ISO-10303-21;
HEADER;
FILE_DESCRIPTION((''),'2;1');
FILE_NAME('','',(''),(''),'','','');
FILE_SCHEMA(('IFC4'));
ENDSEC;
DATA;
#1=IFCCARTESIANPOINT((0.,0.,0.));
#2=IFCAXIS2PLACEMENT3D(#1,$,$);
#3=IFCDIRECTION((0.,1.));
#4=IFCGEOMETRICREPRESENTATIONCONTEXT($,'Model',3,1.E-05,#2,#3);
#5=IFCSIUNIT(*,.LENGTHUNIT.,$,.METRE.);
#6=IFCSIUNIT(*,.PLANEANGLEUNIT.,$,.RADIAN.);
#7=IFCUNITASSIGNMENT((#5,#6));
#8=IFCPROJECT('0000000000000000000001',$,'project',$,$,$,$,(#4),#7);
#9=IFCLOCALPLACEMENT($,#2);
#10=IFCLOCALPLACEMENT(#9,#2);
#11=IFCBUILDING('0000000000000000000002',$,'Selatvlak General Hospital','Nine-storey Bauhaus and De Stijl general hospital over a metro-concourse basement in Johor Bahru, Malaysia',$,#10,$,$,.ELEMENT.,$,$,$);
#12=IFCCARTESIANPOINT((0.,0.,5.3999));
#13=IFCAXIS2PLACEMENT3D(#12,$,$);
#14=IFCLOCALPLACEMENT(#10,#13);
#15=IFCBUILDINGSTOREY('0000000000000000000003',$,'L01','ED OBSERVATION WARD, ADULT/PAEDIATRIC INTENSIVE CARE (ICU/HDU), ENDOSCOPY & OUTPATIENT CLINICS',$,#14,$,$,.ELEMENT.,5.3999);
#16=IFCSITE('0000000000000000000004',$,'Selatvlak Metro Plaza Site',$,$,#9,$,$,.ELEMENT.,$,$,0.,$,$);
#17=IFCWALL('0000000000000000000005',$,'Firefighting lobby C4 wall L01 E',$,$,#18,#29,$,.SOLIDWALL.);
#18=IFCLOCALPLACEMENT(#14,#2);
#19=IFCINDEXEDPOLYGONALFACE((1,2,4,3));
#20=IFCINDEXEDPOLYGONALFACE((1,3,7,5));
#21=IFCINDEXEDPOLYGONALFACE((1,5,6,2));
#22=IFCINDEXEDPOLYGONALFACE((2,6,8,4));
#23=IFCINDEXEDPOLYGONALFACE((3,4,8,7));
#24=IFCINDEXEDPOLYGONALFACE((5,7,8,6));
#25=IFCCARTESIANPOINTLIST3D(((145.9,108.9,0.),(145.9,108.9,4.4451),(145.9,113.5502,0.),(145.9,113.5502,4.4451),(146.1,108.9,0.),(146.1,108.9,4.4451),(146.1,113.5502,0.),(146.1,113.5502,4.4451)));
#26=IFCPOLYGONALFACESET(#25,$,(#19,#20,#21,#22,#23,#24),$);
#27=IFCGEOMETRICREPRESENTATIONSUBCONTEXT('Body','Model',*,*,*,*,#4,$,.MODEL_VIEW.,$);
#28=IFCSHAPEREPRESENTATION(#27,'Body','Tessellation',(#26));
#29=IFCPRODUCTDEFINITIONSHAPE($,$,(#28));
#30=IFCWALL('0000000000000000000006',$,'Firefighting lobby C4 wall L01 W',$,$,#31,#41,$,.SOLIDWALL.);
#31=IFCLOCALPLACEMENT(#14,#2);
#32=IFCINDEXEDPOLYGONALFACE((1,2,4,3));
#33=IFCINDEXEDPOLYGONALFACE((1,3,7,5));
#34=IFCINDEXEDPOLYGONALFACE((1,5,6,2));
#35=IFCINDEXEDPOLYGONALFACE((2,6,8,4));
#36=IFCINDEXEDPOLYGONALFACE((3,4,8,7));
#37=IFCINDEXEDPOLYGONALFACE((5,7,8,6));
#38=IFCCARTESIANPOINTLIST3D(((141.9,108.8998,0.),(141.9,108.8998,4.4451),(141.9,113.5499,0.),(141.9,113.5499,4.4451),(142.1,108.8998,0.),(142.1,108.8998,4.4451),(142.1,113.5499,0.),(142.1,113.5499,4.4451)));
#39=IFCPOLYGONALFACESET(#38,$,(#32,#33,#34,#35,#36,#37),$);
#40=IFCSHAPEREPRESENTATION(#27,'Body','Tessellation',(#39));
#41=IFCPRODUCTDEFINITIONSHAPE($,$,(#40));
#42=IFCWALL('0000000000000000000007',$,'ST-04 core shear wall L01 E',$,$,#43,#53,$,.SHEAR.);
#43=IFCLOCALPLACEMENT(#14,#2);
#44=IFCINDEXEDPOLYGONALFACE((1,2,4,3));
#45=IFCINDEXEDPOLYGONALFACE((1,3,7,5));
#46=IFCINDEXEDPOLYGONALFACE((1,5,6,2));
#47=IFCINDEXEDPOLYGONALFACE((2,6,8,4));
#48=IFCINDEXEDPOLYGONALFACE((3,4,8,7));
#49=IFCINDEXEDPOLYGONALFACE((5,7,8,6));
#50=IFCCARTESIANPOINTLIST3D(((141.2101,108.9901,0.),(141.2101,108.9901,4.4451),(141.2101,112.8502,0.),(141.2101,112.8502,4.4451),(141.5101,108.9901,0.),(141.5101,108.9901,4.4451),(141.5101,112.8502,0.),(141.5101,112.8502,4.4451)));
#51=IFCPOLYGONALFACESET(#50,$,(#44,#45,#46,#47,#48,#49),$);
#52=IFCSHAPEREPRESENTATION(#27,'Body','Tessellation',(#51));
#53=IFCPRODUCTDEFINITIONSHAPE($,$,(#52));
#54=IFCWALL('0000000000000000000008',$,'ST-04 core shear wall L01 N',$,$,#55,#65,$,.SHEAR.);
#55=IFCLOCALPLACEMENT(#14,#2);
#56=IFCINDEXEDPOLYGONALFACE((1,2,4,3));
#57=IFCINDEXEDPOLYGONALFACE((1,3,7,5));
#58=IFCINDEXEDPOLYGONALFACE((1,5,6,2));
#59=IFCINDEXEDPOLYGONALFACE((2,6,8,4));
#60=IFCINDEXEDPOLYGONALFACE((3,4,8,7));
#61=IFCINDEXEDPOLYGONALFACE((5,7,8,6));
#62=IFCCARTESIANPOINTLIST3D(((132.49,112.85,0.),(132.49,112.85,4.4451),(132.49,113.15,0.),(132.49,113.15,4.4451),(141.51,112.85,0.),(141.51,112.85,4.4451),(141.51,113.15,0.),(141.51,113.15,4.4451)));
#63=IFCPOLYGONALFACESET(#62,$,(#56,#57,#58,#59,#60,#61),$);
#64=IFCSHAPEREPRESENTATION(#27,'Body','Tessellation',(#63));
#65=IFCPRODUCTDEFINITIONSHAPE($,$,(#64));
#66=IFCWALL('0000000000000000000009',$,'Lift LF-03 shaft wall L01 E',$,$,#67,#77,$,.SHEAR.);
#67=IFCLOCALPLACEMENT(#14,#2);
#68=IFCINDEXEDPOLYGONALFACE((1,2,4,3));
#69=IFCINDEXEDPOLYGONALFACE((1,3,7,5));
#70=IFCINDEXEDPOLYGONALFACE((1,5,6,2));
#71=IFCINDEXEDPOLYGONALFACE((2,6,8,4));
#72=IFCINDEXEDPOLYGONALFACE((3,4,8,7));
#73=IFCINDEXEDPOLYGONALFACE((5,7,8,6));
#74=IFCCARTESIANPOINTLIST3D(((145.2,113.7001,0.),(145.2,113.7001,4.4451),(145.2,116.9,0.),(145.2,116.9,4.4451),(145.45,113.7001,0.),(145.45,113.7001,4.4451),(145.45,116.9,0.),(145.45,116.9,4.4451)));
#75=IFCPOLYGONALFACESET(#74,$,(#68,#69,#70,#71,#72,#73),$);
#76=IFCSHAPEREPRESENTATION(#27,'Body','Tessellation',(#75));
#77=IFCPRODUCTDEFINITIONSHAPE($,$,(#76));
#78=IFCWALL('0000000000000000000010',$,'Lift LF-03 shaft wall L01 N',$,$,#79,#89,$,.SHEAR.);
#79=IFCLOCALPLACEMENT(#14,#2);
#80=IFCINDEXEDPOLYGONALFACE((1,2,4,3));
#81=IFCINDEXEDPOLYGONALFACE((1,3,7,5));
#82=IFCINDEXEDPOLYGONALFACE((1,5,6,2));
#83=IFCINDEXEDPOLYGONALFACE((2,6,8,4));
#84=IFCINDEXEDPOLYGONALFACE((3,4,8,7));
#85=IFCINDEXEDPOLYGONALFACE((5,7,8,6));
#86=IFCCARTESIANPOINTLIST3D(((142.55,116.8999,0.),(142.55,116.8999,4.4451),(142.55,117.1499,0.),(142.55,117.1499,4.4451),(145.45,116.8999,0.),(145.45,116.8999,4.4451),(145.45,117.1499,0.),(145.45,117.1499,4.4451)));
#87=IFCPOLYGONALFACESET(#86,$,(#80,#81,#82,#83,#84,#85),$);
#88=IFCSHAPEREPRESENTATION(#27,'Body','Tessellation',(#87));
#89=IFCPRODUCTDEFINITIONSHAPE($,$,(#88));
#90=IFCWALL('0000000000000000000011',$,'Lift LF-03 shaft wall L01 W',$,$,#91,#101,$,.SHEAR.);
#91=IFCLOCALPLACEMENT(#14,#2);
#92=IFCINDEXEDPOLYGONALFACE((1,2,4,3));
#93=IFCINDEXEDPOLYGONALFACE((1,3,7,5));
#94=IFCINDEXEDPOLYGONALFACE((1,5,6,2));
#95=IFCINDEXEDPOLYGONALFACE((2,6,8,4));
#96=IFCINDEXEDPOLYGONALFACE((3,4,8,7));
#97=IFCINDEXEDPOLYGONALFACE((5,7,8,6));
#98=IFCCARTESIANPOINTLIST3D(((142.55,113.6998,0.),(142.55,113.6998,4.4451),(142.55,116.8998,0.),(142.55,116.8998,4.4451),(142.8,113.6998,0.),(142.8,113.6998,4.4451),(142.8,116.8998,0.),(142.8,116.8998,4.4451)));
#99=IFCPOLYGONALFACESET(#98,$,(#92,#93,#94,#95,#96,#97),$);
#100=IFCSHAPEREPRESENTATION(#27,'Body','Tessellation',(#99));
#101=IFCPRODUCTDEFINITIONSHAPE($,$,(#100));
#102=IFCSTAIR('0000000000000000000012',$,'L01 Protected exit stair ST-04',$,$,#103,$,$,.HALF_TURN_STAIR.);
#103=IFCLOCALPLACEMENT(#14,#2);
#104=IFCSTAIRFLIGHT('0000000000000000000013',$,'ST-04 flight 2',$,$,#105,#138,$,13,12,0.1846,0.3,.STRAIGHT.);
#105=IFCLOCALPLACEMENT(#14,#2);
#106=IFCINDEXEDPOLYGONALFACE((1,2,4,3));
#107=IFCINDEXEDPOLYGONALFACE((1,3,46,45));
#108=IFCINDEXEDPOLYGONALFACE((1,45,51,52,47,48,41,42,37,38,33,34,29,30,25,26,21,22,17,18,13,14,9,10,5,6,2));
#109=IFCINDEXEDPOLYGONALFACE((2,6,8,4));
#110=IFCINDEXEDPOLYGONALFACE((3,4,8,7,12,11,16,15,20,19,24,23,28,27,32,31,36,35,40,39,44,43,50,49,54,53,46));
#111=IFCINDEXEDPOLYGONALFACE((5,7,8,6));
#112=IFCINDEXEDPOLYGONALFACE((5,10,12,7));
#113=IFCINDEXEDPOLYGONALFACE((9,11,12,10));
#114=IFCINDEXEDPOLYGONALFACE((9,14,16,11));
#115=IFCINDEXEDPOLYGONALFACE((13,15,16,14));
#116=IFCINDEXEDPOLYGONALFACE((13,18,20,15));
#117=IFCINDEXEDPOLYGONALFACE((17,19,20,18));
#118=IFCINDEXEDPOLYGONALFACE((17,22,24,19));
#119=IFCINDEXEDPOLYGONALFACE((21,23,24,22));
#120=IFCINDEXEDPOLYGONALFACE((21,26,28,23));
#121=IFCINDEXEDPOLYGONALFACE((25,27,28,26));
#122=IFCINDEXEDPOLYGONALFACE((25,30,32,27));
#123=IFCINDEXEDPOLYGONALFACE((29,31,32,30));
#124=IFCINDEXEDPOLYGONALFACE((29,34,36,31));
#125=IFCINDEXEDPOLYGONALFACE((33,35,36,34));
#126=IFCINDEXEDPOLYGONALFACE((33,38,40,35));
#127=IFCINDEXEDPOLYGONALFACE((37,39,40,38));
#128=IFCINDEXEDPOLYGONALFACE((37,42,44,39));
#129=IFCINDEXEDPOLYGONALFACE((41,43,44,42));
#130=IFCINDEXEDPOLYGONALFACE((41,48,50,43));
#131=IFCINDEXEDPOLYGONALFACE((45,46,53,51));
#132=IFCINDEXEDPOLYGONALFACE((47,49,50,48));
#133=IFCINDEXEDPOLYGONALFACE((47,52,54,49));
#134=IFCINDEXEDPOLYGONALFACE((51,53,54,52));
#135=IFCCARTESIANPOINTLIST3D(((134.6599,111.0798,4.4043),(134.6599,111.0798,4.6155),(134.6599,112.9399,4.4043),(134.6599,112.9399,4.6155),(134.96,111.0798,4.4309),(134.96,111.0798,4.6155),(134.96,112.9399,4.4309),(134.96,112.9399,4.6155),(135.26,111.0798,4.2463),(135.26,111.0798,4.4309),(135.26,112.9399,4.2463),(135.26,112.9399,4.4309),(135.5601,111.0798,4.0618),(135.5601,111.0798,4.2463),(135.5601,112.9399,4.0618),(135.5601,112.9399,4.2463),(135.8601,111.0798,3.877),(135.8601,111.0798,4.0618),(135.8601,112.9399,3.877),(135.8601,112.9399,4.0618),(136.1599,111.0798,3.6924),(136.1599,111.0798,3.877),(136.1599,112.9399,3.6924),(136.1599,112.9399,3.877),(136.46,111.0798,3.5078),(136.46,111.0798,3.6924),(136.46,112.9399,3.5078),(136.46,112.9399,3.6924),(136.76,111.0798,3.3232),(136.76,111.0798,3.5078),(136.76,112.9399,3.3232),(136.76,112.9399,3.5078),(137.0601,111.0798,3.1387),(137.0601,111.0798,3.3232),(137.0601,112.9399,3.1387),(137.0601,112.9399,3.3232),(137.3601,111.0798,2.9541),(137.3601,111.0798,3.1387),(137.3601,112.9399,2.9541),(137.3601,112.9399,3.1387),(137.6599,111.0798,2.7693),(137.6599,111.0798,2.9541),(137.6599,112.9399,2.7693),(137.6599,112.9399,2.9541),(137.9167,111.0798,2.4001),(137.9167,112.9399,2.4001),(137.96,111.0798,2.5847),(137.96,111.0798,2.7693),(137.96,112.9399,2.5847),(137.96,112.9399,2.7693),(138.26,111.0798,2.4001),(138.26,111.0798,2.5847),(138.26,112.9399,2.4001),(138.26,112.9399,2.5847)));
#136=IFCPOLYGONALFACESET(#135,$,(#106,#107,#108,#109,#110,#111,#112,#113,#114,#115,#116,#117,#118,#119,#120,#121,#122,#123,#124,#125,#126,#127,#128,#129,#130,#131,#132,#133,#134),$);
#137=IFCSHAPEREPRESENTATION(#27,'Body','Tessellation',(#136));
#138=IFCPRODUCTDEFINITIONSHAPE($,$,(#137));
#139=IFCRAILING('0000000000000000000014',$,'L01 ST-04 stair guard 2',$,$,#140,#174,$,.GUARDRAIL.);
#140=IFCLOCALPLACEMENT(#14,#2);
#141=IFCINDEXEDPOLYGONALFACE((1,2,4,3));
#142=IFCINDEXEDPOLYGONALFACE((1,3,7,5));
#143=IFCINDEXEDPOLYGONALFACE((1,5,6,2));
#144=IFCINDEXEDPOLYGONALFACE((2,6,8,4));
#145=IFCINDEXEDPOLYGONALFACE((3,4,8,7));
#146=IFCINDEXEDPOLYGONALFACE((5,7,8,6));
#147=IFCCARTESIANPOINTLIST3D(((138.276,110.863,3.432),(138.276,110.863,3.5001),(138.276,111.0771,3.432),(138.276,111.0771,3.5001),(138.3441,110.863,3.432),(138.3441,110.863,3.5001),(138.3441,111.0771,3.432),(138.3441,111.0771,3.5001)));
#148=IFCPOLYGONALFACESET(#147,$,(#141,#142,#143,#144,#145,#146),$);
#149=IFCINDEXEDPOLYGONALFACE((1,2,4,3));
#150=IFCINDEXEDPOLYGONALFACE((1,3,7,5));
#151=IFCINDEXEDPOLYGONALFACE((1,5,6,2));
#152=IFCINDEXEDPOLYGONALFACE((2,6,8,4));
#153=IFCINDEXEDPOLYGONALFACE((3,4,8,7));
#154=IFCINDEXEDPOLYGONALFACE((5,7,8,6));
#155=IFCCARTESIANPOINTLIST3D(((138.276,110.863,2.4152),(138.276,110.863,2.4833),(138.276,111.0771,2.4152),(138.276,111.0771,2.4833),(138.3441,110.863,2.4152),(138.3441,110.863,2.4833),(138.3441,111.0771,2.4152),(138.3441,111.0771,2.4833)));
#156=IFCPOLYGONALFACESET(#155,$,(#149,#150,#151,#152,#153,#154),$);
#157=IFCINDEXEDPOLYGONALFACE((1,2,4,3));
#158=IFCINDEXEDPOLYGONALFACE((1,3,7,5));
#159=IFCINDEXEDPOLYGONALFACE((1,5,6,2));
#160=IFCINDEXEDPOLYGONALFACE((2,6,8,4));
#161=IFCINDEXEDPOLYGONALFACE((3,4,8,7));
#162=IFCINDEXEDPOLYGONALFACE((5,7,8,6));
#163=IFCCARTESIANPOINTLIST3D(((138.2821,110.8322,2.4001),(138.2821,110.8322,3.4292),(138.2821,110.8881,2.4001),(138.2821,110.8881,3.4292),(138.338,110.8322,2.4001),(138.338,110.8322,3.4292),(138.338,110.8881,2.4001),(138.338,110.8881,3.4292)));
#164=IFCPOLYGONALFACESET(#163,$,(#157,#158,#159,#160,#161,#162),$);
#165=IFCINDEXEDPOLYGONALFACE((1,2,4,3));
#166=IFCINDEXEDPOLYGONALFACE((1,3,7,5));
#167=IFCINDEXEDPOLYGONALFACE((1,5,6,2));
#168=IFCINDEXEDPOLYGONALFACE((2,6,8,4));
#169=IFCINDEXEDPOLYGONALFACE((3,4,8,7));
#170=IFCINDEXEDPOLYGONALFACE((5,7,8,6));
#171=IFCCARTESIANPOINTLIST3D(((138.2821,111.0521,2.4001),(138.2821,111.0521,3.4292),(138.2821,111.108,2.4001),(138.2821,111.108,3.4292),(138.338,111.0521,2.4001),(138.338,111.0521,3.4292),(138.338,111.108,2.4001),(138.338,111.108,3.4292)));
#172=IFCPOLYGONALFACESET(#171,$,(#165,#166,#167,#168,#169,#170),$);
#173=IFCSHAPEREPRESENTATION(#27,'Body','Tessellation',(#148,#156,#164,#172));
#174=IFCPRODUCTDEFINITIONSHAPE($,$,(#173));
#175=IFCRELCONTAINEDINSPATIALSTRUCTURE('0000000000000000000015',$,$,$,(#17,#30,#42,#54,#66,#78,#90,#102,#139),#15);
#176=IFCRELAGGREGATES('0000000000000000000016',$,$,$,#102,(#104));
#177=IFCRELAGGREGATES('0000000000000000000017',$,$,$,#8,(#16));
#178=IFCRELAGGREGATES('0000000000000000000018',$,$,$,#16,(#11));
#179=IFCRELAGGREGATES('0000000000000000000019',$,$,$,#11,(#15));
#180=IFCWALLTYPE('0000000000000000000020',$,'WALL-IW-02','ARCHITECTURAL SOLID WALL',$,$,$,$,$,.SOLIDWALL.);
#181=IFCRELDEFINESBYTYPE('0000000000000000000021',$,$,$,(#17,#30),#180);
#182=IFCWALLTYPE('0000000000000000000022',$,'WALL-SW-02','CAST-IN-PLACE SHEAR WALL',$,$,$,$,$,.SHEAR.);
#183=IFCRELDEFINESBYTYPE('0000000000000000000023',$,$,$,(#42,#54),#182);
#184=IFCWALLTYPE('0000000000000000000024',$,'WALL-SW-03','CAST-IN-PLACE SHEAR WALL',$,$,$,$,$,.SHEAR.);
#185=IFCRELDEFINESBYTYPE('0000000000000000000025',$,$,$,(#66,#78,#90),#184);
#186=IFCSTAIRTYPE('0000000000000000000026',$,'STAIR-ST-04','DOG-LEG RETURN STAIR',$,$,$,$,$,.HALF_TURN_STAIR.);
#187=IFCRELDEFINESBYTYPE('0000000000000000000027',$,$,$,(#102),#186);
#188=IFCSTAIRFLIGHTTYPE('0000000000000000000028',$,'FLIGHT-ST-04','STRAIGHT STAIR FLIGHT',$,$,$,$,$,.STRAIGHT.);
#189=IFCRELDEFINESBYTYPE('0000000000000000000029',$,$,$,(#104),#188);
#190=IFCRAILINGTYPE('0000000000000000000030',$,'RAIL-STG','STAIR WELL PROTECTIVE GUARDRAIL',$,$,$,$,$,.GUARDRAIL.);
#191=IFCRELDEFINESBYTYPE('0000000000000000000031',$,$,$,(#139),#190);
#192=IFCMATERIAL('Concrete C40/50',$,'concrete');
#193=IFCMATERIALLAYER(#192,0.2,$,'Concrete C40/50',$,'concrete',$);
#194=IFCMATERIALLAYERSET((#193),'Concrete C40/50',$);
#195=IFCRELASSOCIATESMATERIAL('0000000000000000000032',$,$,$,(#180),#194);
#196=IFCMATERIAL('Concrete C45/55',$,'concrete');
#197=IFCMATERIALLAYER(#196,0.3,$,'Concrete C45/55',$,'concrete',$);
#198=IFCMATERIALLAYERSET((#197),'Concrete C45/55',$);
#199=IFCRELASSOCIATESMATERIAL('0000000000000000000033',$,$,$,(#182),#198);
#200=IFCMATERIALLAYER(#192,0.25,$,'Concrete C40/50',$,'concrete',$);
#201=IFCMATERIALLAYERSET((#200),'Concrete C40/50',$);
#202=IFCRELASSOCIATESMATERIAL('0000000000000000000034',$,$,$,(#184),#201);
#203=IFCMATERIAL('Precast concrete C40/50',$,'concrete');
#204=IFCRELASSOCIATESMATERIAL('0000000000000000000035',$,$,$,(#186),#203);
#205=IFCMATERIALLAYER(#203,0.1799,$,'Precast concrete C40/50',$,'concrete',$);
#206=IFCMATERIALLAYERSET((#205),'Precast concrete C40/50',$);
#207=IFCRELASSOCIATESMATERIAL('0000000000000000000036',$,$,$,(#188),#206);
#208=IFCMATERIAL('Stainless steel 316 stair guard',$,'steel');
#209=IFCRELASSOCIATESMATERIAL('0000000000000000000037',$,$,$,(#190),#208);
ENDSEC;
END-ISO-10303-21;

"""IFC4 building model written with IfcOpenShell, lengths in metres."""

from ifc_helpers import new_model, si_unit, direction, frame, frame_2d, origin, origin_2d, place, context, subcontext, project, spatial, polyline, rectangle, outline, extrude, material, layer, layer_set, type_object, element, aggregate, save


model = new_model("IFC4")

# Units and contexts
model_context = context("Model", 3, precision=1e-05, world=origin(), true_north=direction((0.0, 1.0)))
body_context = subcontext(model_context, "Body", "Model", "MODEL_VIEW")
ifc_project = project(units=[si_unit("LENGTHUNIT", "METRE"), si_unit("PLANEANGLEUNIT", "RADIAN")], contexts=[model_context])

# Site, building, storey
site_placement = place(None, origin())
site = spatial("IfcSite", under=ifc_project, at=site_placement, Name="Selatvlak Metro Plaza Site", CompositionType="ELEMENT", RefElevation=0.0)
building_placement = place(site_placement, origin())
building = spatial("IfcBuilding", under=site, at=building_placement, Name="Selatvlak General Hospital", Description="Nine-storey Bauhaus and De Stijl general hospital over a metro-concourse basement in Johor Bahru, Malaysia", CompositionType="ELEMENT")
storey_placement = place(building_placement, frame((0.0, 0.0, 5.3999)))
storey = spatial("IfcBuildingStorey", under=building, at=storey_placement, Name="L01", Description="ED OBSERVATION WARD, ADULT/PAEDIATRIC INTENSIVE CARE (ICU/HDU), ENDOSCOPY & OUTPATIENT CLINICS", CompositionType="ELEMENT", Elevation=5.3999)

# Shared definitions
ifc_material_1 = material(Name="Concrete C40/50", Category="concrete")

# Shared definitions
ifc_layer_1 = layer(ifc_material_1, 0.2, Name="Concrete C40/50", Category="concrete")
ifc_layer_set_1 = layer_set([ifc_layer_1], Name="Concrete C40/50")
wall_type_1 = type_object("IfcWallType", Name="WALL-IW-02", Description="ARCHITECTURAL SOLID WALL", PredefinedType="SOLIDWALL", material=ifc_layer_set_1)

# Walls
for number, where, z_axis, x_axis, name in (
    (1, (146.0, 108.8999, 0.0), (0.0, 0.0, 1.0), (0.0, 1.0, 0.0), "Firefighting lobby C4 wall L01 E"),
    (2, (142.0, 113.55, 0.0), (0.0, 0.0, 1.0), (0.0, -1.0, 0.0), "Firefighting lobby C4 wall L01 W"),
):
    element("IfcWall", number, at=place(storey_placement, frame(where, z_axis=z_axis, x_axis=x_axis)), inside=storey, type_object=wall_type_1, Name=name, PredefinedType="SOLIDWALL", context=body_context, shape_type="SweptSolid", body=[
        extrude(rectangle(XDim=4.6501, YDim=0.2, at=frame_2d((2.3252, 0.0))), origin(), (0.0, 0.0, 1.0), 4.4451),
    ])
ifc_material_2 = material(Name="Concrete C45/55", Category="concrete")
ifc_layer_2 = layer(ifc_material_2, 0.3, Name="Concrete C45/55", Category="concrete")
ifc_layer_set_2 = layer_set([ifc_layer_2], Name="Concrete C45/55")
wall_type_2 = type_object("IfcWallType", Name="WALL-SW-02", Description="CAST-IN-PLACE SHEAR WALL", PredefinedType="SHEAR", material=ifc_layer_set_2)
wall_1_placement = place(storey_placement, frame((141.3601, 108.99, 0.0), z_axis=(0.0, 0.0, 1.0), x_axis=(0.0, 1.0, 0.0)))
element("IfcWall", 3, at=wall_1_placement, inside=storey, type_object=wall_type_2, Name="ST-04 core shear wall L01 E", PredefinedType="SHEAR", context=body_context, shape_type="SweptSolid", body=[
    extrude(rectangle(XDim=3.8601, YDim=0.3, at=frame_2d((1.9302, 0.0))), origin(), (0.0, 0.0, 1.0), 4.4451),
])
wall_2_placement = place(storey_placement, frame((141.51, 113.0, 0.0), z_axis=(0.0, 0.0, 1.0), x_axis=(-1.0, 0.0, 0.0)))
element("IfcWall", 4, at=wall_2_placement, inside=storey, type_object=wall_type_2, Name="ST-04 core shear wall L01 N", PredefinedType="SHEAR", context=body_context, shape_type="SweptSolid", body=[
    extrude(rectangle(XDim=9.02, YDim=0.3, at=frame_2d((4.51, 0.0))), origin(), (0.0, 0.0, 1.0), 4.4451),
])

# Shared definitions
ifc_layer_3 = layer(ifc_material_1, 0.25, Name="Concrete C40/50", Category="concrete")
ifc_layer_set_3 = layer_set([ifc_layer_3], Name="Concrete C40/50")
wall_type_3 = type_object("IfcWallType", Name="WALL-SW-03", Description="CAST-IN-PLACE SHEAR WALL", PredefinedType="SHEAR", material=ifc_layer_set_3)

# Walls
wall_3_placement = place(storey_placement, frame((145.325, 113.7, 0.0), z_axis=(0.0, 0.0, 1.0), x_axis=(0.0, 1.0, 0.0)))
element("IfcWall", 5, at=wall_3_placement, inside=storey, type_object=wall_type_3, Name="Lift LF-03 shaft wall L01 E", PredefinedType="SHEAR", context=body_context, shape_type="SweptSolid", body=[
    extrude(rectangle(XDim=3.2, YDim=0.25, at=frame_2d((1.6001, 0.0))), origin(), (0.0, 0.0, 1.0), 4.4451),
])
wall_4_placement = place(storey_placement, frame((145.45, 117.0249, 0.0), z_axis=(0.0, 0.0, 1.0), x_axis=(-1.0, 0.0, 0.0)))
element("IfcWall", 6, at=wall_4_placement, inside=storey, type_object=wall_type_3, Name="Lift LF-03 shaft wall L01 N", PredefinedType="SHEAR", context=body_context, shape_type="SweptSolid", body=[
    extrude(rectangle(XDim=2.8999, YDim=0.25, at=frame_2d((1.45, 0.0))), origin(), (0.0, 0.0, 1.0), 4.4451),
])
wall_5_placement = place(storey_placement, frame((142.675, 116.8999, 0.0), z_axis=(0.0, 0.0, 1.0), x_axis=(0.0, -1.0, 0.0)))
element("IfcWall", 7, at=wall_5_placement, inside=storey, type_object=wall_type_3, Name="Lift LF-03 shaft wall L01 W", PredefinedType="SHEAR", context=body_context, shape_type="SweptSolid", body=[
    extrude(rectangle(XDim=3.2, YDim=0.25, at=frame_2d((1.6001, 0.0))), origin(), (0.0, 0.0, 1.0), 4.4451),
])

# Stair, stair flight
ifc_material_3 = material(Name="Precast concrete C40/50", Category="concrete")
stair_type = type_object("IfcStairType", Name="STAIR-ST-04", Description="DOG-LEG RETURN STAIR", PredefinedType="HALF_TURN_STAIR", material=ifc_material_3)
stair_placement = place(storey_placement, origin())
stair = element("IfcStair", 8, at=stair_placement, inside=storey, type_object=stair_type, Name="L01 Protected exit stair ST-04", PredefinedType="HALF_TURN_STAIR")
ifc_layer_4 = layer(ifc_material_3, 0.1799, Name="Precast concrete C40/50", Category="concrete")
ifc_layer_set_4 = layer_set([ifc_layer_4], Name="Precast concrete C40/50")
stair_flight_type = type_object("IfcStairFlightType", Name="FLIGHT-ST-04", Description="STRAIGHT STAIR FLIGHT", PredefinedType="STRAIGHT", material=ifc_layer_set_4)
stair_flight_placement = place(storey_placement, frame((138.26, 112.01, 2.4001), z_axis=(0.0, 0.0, 1.0), x_axis=(-1.0, 0.0, 0.0)))
stair_flight = element("IfcStairFlight", 9, at=stair_flight_placement, type_object=stair_flight_type, Name="ST-04 flight 2", NumberOfRisers=13, NumberOfTreads=12, PredefinedType="STRAIGHT", RiserHeight=0.1846, TreadLength=0.3, context=body_context, shape_type="SweptSolid", body=[
    extrude(outline(polyline([(0.0, 0.0), (0.0, 0.1846), (0.3, 0.1846), (0.3, 0.3691), (0.6001, 0.3691), (0.6001, 0.554), (0.8999, 0.554), (0.8999, 0.7385), (1.2, 0.7385), (1.2, 0.9231), (1.5, 0.9231), (1.5, 1.1077), (1.8, 1.1077), (1.8, 1.2922), (2.1001, 1.2922), (2.1001, 1.4768), (2.3999, 1.4768), (2.3999, 1.6616), (2.7, 1.6616), (2.7, 1.8462), (3.0, 1.8462), (3.0, 2.0308), (3.3, 2.0308), (3.3, 2.2153), (3.6001, 2.2153), (3.6001, 2.3999), (3.6001, 2.0042), (0.3433, 0.0), (0.0, 0.0)])), frame((0.0, 0.9302, 0.0), z_axis=(0.0, -1.0, 0.0), x_axis=(1.0, 0.0, 0.0)), (0.0, 0.0, 1.0), 1.8601),
])
aggregate(stair, [stair_flight])

# Railing
ifc_material_4 = material(Name="Stainless steel 316 stair guard", Category="steel")
railing_type_1 = type_object("IfcRailingType", Name="RAIL-STG", Description="STAIR WELL PROTECTIVE GUARDRAIL", PredefinedType="GUARDRAIL", material=ifc_material_4)
railing_1_placement = place(storey_placement, frame((138.3101, 110.8601, 2.4001)))
element("IfcRailing", 10, at=railing_1_placement, inside=storey, type_object=railing_type_1, Name="L01 ST-04 stair guard 2", PredefinedType="GUARDRAIL", context=body_context, shape_type="SweptSolid", body=[
    extrude(rectangle(XDim=0.0681, YDim=0.0681, at=origin_2d()), frame((0.0, 0.0029, 1.0659), z_axis=(0.0, 1.0, 0.0), x_axis=(-1.0, 0.0, 0.0)), (0.0, 0.0, 1.0), 0.2141),
    extrude(rectangle(XDim=0.0681, YDim=0.0681, at=origin_2d()), frame((0.0, 0.0029, 0.0491), z_axis=(0.0, 1.0, 0.0), x_axis=(-1.0, 0.0, 0.0)), (0.0, 0.0, 1.0), 0.2141),
    extrude(rectangle(XDim=0.0559, YDim=0.0559, at=origin_2d()), origin(), (0.0, 0.0, 1.0), 1.0291),
    extrude(rectangle(XDim=0.0559, YDim=0.0559, at=origin_2d()), frame((0.0, 0.22, 0.0)), (0.0, 0.0, 1.0), 1.0291),
])

save(model, "model.ifc")
